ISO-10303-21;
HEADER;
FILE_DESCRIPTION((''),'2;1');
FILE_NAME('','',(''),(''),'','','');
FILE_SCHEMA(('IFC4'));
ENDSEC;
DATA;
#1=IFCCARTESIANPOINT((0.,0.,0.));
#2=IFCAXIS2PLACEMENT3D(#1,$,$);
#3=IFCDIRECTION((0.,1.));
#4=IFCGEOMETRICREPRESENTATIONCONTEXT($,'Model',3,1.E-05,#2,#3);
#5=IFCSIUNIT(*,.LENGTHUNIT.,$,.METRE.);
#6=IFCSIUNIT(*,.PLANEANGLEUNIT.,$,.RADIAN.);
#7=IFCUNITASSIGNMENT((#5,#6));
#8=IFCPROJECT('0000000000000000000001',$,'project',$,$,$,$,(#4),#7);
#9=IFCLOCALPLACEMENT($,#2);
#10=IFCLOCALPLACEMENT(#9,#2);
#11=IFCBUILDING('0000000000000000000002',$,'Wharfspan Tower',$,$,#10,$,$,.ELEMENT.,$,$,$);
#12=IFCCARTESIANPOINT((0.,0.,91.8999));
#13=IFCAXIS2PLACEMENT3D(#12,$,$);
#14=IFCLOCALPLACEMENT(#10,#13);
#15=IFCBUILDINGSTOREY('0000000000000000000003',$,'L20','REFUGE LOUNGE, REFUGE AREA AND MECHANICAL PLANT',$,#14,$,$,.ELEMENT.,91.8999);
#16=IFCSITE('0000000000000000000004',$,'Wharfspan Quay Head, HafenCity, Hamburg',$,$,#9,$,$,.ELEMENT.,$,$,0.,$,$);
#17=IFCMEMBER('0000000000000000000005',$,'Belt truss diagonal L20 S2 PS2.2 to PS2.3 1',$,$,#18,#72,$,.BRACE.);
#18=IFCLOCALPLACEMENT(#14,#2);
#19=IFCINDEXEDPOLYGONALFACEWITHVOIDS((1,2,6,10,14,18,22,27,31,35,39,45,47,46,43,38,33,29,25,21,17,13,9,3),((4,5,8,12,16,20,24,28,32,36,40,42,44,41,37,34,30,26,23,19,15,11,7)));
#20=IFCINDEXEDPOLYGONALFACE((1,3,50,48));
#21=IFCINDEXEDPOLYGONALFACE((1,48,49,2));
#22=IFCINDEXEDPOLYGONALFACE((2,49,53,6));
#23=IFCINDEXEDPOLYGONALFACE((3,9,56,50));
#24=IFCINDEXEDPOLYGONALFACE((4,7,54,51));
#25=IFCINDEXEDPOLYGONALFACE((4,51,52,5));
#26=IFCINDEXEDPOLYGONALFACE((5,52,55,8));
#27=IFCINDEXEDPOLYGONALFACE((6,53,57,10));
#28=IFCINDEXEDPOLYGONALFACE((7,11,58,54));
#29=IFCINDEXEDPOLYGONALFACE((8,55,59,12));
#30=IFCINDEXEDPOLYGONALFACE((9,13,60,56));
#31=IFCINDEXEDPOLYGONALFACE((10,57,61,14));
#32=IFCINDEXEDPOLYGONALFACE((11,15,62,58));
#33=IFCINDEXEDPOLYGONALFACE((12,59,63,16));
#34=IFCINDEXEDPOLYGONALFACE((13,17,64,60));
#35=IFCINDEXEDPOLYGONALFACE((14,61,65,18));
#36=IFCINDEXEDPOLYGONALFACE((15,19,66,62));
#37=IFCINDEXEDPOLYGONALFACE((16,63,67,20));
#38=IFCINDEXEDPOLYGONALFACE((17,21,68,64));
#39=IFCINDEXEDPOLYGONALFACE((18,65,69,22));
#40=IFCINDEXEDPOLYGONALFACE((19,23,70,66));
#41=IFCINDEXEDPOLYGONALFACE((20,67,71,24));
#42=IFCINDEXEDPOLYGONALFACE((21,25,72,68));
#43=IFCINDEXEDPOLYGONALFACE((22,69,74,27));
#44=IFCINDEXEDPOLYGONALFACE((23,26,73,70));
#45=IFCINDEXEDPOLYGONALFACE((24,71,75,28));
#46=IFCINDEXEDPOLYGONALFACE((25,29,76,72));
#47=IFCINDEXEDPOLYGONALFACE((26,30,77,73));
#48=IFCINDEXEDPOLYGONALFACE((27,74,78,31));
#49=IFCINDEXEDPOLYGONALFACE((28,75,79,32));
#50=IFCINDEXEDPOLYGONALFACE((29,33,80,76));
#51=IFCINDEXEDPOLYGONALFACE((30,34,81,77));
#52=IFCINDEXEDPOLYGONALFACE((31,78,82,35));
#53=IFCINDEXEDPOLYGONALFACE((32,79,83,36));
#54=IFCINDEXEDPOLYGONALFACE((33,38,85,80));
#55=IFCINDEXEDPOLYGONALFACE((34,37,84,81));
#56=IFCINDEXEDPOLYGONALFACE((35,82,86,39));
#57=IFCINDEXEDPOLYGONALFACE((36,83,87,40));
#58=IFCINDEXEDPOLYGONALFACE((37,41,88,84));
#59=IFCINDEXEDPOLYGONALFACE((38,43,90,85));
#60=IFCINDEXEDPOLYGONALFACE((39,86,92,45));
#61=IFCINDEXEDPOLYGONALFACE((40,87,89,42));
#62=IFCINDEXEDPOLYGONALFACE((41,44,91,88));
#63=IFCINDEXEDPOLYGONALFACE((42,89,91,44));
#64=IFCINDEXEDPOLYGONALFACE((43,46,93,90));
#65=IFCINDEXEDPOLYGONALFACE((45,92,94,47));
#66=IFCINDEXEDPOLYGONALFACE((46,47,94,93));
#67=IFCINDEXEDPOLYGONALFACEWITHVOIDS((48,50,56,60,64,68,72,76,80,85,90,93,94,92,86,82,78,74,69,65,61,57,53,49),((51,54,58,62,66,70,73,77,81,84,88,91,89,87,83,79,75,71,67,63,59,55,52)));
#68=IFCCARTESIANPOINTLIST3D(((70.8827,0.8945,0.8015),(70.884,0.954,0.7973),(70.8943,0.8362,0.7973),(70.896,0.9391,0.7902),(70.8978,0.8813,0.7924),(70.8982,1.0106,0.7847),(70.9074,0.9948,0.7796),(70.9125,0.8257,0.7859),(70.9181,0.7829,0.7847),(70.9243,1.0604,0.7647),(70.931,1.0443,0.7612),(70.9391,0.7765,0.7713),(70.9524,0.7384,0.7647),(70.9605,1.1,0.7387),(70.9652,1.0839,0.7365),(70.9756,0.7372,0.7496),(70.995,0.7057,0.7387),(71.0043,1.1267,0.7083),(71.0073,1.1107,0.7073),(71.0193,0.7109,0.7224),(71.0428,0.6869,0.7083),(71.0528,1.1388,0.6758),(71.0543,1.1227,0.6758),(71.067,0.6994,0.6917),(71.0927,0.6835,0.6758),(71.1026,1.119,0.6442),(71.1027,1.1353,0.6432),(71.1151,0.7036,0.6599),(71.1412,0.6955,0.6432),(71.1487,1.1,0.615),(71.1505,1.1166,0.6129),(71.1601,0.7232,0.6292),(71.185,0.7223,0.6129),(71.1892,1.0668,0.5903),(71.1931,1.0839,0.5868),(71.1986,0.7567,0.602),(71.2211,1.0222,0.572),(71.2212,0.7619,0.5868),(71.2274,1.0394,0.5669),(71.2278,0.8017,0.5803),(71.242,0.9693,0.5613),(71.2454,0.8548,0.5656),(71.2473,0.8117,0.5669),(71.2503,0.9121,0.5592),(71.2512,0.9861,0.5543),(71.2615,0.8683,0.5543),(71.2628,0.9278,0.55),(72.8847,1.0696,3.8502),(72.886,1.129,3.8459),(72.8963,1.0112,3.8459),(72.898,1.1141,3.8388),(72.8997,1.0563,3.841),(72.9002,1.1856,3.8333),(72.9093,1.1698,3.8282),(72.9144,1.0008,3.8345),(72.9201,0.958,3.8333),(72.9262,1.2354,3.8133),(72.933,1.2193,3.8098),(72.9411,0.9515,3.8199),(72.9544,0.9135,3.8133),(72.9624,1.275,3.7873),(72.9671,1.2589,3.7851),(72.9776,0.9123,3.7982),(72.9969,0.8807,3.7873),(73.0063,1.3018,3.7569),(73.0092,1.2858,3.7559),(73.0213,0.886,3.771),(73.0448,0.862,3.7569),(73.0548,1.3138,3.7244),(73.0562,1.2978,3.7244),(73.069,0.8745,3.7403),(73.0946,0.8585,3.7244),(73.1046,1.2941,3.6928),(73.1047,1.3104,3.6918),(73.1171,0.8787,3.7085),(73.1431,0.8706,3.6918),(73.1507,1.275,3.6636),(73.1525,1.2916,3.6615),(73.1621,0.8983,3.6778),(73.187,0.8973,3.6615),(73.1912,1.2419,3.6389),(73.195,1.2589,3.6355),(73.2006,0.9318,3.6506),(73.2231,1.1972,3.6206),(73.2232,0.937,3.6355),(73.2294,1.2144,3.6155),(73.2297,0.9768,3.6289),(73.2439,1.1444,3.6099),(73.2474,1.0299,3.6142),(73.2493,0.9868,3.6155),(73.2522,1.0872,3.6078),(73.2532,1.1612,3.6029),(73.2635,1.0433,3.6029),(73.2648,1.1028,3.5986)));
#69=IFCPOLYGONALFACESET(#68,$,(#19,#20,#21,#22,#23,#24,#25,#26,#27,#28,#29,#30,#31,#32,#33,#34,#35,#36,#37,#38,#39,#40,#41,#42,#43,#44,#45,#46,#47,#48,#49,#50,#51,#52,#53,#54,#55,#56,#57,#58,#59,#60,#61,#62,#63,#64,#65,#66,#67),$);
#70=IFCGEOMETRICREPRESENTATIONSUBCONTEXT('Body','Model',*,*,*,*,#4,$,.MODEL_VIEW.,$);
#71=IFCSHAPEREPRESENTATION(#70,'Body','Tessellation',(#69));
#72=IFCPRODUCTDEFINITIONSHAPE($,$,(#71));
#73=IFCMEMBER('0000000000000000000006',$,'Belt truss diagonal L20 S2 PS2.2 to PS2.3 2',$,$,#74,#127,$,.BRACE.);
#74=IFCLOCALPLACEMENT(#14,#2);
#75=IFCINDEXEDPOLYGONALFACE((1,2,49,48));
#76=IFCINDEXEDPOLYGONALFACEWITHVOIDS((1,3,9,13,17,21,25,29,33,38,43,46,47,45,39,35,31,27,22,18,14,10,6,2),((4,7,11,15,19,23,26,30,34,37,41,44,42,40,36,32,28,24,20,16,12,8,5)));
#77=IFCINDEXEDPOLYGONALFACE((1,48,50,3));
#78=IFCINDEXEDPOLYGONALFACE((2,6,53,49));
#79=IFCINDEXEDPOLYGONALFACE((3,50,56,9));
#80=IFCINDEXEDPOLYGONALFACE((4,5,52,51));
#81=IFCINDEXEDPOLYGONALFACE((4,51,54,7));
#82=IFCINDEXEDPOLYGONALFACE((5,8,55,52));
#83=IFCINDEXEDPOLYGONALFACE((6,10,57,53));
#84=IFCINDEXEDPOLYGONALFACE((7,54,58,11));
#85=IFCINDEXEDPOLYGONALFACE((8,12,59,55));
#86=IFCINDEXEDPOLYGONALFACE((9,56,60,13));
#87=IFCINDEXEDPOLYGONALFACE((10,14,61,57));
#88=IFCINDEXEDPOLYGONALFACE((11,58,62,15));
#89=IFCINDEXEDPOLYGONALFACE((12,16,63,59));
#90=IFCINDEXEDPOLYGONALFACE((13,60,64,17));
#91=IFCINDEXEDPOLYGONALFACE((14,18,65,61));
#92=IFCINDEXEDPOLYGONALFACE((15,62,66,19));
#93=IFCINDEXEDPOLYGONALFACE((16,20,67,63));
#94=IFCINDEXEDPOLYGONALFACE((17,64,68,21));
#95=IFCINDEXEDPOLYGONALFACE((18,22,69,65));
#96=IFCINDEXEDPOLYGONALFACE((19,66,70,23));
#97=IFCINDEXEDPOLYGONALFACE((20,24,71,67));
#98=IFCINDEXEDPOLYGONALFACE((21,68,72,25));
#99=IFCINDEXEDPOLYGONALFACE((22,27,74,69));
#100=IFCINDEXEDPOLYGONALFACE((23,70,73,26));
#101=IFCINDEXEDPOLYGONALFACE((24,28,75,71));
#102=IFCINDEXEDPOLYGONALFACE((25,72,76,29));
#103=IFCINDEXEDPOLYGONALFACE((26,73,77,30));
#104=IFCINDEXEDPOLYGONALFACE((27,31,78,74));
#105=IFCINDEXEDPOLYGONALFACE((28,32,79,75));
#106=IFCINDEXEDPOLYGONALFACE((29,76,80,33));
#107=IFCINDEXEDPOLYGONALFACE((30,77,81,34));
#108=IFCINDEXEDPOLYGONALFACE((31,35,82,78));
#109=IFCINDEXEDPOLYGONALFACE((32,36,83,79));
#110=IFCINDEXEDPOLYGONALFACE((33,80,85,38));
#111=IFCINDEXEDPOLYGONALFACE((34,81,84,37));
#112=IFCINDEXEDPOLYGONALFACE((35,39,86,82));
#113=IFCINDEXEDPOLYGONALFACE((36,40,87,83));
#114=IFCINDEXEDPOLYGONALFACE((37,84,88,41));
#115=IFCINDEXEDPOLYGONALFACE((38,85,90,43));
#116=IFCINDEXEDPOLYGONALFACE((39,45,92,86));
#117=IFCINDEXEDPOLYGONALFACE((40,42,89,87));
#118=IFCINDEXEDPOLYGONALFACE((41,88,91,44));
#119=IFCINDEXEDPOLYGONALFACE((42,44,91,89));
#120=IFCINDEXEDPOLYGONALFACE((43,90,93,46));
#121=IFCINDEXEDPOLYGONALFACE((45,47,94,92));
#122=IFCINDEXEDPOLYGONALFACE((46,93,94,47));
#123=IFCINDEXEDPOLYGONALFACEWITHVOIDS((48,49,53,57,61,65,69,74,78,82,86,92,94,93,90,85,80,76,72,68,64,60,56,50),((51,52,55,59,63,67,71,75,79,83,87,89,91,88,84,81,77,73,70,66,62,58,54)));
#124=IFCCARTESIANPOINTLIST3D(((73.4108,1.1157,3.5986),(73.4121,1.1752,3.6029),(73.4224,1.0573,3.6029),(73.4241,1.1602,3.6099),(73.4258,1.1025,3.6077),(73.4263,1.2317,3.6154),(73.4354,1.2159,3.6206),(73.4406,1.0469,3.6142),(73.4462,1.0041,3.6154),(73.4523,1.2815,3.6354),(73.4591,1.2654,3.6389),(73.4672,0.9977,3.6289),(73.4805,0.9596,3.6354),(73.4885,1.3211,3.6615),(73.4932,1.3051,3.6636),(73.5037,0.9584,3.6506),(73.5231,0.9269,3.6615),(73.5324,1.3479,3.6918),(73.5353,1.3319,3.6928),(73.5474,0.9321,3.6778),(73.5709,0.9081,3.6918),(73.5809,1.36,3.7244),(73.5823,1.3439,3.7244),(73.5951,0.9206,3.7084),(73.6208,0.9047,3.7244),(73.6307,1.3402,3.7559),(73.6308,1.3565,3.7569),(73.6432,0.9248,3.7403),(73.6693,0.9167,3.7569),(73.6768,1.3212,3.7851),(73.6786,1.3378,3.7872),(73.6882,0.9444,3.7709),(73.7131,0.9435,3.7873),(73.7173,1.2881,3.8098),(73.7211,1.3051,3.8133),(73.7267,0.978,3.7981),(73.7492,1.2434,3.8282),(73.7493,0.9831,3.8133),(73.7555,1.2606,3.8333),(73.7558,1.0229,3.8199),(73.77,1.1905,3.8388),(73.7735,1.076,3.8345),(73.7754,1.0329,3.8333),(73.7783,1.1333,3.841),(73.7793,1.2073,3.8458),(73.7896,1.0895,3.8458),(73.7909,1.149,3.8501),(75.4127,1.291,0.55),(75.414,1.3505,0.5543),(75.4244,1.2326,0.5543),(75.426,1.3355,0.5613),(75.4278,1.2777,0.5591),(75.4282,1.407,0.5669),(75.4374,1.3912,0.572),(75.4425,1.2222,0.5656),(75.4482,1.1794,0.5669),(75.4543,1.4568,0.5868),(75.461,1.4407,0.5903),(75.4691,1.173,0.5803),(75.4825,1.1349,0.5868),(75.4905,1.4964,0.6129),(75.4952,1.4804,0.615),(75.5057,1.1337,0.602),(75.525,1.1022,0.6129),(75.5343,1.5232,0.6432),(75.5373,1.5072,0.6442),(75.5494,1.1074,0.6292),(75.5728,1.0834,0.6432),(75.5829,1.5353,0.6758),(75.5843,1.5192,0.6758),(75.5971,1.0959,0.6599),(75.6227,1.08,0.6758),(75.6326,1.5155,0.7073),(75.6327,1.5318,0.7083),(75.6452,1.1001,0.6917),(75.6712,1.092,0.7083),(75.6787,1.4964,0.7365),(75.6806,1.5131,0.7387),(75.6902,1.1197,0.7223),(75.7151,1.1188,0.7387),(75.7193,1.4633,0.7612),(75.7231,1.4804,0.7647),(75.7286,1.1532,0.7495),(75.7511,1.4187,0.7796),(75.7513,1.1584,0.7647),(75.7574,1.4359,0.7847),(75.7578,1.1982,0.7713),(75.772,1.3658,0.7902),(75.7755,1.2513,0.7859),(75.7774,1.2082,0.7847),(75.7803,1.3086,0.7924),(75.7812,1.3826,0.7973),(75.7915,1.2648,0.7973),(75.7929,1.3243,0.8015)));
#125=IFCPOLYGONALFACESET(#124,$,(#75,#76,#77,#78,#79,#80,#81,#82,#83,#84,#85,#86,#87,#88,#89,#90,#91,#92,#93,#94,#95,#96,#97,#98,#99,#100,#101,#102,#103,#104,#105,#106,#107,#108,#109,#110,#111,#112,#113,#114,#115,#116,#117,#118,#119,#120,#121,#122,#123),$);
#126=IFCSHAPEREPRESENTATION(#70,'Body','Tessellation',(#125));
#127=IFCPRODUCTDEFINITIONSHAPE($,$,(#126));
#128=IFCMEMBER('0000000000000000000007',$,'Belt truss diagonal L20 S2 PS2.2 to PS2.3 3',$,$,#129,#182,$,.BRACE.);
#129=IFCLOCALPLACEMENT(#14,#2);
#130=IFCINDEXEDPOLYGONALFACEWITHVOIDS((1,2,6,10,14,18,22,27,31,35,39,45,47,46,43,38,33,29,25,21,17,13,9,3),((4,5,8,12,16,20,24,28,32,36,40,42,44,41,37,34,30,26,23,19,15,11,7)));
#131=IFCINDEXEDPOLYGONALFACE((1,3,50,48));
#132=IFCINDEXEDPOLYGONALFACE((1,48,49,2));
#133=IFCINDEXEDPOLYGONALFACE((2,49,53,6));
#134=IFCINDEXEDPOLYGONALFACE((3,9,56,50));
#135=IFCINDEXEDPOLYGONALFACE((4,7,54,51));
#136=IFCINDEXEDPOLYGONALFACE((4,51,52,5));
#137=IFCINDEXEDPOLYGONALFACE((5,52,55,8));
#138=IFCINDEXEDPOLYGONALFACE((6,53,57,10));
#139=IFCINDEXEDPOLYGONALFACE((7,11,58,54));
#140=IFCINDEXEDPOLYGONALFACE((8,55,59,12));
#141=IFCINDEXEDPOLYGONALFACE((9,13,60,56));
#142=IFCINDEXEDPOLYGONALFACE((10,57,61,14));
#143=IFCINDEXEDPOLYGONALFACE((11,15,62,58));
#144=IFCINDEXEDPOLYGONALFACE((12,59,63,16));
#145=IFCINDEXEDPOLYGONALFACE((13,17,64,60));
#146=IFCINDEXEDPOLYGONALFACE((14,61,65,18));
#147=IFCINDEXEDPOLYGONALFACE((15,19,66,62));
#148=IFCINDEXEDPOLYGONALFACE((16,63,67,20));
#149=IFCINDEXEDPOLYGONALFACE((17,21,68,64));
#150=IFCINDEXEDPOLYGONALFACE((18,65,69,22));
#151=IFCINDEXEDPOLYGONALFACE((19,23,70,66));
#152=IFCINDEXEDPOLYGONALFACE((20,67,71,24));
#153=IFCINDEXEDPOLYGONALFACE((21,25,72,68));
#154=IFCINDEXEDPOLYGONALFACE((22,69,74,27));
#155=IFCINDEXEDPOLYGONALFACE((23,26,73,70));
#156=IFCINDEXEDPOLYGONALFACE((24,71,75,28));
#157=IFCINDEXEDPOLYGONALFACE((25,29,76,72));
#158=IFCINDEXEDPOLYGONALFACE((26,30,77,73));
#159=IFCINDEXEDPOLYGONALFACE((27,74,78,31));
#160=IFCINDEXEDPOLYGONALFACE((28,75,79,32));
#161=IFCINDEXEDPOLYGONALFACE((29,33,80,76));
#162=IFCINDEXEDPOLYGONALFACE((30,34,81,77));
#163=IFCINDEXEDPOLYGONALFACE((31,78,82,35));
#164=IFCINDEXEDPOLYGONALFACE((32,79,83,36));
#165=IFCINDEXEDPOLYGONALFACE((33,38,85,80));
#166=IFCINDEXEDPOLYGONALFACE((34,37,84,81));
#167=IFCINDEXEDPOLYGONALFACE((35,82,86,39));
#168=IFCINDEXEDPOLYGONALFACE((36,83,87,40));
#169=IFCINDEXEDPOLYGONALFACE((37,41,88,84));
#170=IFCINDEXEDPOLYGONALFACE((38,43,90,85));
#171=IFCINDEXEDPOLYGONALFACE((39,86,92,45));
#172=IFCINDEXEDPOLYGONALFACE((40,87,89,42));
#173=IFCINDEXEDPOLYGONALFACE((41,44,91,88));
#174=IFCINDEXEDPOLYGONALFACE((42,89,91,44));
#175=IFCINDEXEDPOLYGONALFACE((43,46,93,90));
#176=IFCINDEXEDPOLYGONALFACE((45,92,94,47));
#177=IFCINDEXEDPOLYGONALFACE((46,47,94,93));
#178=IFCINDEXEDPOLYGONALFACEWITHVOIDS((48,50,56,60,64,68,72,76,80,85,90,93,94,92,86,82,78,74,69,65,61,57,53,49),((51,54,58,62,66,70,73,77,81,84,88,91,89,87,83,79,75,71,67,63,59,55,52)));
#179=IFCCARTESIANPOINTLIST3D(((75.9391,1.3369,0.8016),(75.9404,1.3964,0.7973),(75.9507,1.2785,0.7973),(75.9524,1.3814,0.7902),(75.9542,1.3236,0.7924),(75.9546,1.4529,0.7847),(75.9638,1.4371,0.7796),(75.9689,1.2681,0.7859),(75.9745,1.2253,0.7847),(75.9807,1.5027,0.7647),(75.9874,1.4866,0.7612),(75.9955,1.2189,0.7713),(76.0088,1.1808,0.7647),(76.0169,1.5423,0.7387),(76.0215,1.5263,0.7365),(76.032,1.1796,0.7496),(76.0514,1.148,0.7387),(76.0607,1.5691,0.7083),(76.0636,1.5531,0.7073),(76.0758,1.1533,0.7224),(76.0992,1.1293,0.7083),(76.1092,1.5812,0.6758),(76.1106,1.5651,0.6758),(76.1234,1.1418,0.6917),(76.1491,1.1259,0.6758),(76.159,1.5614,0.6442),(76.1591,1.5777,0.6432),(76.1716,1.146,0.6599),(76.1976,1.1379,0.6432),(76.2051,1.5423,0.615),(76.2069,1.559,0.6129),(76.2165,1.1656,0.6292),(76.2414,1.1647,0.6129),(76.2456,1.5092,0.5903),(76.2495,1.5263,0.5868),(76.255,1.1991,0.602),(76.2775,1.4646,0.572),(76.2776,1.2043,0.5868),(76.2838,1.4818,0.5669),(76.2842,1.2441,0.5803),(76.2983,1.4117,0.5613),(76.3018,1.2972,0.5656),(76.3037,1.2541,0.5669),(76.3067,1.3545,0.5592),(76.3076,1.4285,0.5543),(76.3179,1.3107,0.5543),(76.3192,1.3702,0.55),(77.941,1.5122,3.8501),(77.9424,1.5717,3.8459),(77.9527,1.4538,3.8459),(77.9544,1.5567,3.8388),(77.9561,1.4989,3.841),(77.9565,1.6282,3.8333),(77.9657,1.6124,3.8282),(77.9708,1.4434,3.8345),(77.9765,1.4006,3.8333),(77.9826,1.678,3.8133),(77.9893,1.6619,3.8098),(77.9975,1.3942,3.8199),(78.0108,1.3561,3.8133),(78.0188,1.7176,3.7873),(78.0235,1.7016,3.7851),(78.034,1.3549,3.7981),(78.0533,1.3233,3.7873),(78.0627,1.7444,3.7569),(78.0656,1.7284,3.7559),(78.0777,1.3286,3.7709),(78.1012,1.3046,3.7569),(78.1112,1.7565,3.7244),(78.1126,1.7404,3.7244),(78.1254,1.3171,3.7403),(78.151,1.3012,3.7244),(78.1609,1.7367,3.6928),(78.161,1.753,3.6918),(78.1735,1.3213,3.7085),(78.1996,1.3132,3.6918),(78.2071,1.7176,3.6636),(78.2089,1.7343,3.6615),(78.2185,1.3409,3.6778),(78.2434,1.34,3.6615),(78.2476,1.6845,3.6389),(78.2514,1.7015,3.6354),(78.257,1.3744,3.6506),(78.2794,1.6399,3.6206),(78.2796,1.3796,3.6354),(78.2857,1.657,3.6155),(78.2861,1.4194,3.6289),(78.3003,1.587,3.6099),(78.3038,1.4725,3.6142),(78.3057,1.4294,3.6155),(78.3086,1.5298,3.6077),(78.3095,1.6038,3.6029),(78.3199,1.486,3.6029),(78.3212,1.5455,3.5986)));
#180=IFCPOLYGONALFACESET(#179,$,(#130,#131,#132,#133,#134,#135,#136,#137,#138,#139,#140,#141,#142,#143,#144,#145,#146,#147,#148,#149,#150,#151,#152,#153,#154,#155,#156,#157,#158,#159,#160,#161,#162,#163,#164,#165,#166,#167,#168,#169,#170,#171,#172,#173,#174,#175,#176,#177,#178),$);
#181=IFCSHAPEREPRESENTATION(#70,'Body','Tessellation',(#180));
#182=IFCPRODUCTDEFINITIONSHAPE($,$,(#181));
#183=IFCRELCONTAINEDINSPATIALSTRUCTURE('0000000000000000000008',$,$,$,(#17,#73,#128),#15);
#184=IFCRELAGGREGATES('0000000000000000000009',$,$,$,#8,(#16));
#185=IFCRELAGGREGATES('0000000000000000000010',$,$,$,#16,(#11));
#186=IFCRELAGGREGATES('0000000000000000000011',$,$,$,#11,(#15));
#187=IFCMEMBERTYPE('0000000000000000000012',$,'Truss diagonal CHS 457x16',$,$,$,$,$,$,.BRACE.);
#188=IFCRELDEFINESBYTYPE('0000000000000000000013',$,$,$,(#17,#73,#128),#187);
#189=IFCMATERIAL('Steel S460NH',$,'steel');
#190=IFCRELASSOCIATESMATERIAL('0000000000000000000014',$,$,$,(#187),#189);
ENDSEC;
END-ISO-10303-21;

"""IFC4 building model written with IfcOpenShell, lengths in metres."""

from ifc_helpers import new_model, si_unit, direction, frame, origin, origin_2d, place, context, subcontext, project, spatial, hollow_circle, extrude, material, material_profile, profile_set, type_object, element, save


model = new_model("IFC4")

# Units and contexts
model_context = context("Model", 3, precision=1e-05, world=origin(), true_north=direction((0.0, 1.0)))
body_context = subcontext(model_context, "Body", "Model", "MODEL_VIEW")
ifc_project = project(units=[si_unit("LENGTHUNIT", "METRE"), si_unit("PLANEANGLEUNIT", "RADIAN")], contexts=[model_context])

# Site, building, storey
site_placement = place(None, origin())
site = spatial("IfcSite", under=ifc_project, at=site_placement, Name="Wharfspan Quay Head, HafenCity, Hamburg", CompositionType="ELEMENT", RefElevation=0.0)
building_placement = place(site_placement, origin())
building = spatial("IfcBuilding", under=site, at=building_placement, Name="Wharfspan Tower", CompositionType="ELEMENT")
storey_placement = place(building_placement, frame((0.0, 0.0, 91.8999)))
storey = spatial("IfcBuildingStorey", under=building, at=storey_placement, Name="L20", Description="REFUGE LOUNGE, REFUGE AREA AND MECHANICAL PLANT", CompositionType="ELEMENT", Elevation=91.8999)

# Members
ifc_material_1 = material(Name="Steel S460NH", Category="steel")
ifc_material_profile_1 = material_profile(ifc_material_1, hollow_circle(Radius=0.2285, WallThickness=0.0161, at=origin_2d()))
ifc_profile_set_1 = profile_set([ifc_material_profile_1], Name="Steel S460NH")
member_type_1 = type_object("IfcMemberType", Name="Truss diagonal CHS 457x16", PredefinedType="BRACE", material=ifc_profile_set_1)
for number, where, z_axis, x_axis, name in (
    (1, (71.0728, 0.9111, 0.6758), (0.548278, 0.047941, 0.834921), (-0.08711, 0.9962, 0.000002), "Belt truss diagonal L20 S2 PS2.2 to PS2.3 1"),
    (2, (73.6008, 1.1323, 3.7244), (0.548276, 0.048008, -0.834918), (-0.087231, 0.996188, -0.000002), "Belt truss diagonal L20 S2 PS2.2 to PS2.3 2"),
    (3, (76.1291, 1.3535, 0.6758), (0.548276, 0.048008, 0.834918), (-0.087231, 0.996188, 0.000002), "Belt truss diagonal L20 S2 PS2.2 to PS2.3 3"),
):
    element("IfcMember", number, at=place(storey_placement, frame(where, z_axis=z_axis, x_axis=x_axis)), inside=storey, type_object=member_type_1, Name=name, PredefinedType="BRACE", context=body_context, shape_type="SweptSolid", body=[
        extrude(hollow_circle(Radius=0.2285, WallThickness=0.0161, at=origin_2d()), origin(), (0.0, 0.0, 1.0), 3.6514),
    ])

save(model, "model.ifc")
